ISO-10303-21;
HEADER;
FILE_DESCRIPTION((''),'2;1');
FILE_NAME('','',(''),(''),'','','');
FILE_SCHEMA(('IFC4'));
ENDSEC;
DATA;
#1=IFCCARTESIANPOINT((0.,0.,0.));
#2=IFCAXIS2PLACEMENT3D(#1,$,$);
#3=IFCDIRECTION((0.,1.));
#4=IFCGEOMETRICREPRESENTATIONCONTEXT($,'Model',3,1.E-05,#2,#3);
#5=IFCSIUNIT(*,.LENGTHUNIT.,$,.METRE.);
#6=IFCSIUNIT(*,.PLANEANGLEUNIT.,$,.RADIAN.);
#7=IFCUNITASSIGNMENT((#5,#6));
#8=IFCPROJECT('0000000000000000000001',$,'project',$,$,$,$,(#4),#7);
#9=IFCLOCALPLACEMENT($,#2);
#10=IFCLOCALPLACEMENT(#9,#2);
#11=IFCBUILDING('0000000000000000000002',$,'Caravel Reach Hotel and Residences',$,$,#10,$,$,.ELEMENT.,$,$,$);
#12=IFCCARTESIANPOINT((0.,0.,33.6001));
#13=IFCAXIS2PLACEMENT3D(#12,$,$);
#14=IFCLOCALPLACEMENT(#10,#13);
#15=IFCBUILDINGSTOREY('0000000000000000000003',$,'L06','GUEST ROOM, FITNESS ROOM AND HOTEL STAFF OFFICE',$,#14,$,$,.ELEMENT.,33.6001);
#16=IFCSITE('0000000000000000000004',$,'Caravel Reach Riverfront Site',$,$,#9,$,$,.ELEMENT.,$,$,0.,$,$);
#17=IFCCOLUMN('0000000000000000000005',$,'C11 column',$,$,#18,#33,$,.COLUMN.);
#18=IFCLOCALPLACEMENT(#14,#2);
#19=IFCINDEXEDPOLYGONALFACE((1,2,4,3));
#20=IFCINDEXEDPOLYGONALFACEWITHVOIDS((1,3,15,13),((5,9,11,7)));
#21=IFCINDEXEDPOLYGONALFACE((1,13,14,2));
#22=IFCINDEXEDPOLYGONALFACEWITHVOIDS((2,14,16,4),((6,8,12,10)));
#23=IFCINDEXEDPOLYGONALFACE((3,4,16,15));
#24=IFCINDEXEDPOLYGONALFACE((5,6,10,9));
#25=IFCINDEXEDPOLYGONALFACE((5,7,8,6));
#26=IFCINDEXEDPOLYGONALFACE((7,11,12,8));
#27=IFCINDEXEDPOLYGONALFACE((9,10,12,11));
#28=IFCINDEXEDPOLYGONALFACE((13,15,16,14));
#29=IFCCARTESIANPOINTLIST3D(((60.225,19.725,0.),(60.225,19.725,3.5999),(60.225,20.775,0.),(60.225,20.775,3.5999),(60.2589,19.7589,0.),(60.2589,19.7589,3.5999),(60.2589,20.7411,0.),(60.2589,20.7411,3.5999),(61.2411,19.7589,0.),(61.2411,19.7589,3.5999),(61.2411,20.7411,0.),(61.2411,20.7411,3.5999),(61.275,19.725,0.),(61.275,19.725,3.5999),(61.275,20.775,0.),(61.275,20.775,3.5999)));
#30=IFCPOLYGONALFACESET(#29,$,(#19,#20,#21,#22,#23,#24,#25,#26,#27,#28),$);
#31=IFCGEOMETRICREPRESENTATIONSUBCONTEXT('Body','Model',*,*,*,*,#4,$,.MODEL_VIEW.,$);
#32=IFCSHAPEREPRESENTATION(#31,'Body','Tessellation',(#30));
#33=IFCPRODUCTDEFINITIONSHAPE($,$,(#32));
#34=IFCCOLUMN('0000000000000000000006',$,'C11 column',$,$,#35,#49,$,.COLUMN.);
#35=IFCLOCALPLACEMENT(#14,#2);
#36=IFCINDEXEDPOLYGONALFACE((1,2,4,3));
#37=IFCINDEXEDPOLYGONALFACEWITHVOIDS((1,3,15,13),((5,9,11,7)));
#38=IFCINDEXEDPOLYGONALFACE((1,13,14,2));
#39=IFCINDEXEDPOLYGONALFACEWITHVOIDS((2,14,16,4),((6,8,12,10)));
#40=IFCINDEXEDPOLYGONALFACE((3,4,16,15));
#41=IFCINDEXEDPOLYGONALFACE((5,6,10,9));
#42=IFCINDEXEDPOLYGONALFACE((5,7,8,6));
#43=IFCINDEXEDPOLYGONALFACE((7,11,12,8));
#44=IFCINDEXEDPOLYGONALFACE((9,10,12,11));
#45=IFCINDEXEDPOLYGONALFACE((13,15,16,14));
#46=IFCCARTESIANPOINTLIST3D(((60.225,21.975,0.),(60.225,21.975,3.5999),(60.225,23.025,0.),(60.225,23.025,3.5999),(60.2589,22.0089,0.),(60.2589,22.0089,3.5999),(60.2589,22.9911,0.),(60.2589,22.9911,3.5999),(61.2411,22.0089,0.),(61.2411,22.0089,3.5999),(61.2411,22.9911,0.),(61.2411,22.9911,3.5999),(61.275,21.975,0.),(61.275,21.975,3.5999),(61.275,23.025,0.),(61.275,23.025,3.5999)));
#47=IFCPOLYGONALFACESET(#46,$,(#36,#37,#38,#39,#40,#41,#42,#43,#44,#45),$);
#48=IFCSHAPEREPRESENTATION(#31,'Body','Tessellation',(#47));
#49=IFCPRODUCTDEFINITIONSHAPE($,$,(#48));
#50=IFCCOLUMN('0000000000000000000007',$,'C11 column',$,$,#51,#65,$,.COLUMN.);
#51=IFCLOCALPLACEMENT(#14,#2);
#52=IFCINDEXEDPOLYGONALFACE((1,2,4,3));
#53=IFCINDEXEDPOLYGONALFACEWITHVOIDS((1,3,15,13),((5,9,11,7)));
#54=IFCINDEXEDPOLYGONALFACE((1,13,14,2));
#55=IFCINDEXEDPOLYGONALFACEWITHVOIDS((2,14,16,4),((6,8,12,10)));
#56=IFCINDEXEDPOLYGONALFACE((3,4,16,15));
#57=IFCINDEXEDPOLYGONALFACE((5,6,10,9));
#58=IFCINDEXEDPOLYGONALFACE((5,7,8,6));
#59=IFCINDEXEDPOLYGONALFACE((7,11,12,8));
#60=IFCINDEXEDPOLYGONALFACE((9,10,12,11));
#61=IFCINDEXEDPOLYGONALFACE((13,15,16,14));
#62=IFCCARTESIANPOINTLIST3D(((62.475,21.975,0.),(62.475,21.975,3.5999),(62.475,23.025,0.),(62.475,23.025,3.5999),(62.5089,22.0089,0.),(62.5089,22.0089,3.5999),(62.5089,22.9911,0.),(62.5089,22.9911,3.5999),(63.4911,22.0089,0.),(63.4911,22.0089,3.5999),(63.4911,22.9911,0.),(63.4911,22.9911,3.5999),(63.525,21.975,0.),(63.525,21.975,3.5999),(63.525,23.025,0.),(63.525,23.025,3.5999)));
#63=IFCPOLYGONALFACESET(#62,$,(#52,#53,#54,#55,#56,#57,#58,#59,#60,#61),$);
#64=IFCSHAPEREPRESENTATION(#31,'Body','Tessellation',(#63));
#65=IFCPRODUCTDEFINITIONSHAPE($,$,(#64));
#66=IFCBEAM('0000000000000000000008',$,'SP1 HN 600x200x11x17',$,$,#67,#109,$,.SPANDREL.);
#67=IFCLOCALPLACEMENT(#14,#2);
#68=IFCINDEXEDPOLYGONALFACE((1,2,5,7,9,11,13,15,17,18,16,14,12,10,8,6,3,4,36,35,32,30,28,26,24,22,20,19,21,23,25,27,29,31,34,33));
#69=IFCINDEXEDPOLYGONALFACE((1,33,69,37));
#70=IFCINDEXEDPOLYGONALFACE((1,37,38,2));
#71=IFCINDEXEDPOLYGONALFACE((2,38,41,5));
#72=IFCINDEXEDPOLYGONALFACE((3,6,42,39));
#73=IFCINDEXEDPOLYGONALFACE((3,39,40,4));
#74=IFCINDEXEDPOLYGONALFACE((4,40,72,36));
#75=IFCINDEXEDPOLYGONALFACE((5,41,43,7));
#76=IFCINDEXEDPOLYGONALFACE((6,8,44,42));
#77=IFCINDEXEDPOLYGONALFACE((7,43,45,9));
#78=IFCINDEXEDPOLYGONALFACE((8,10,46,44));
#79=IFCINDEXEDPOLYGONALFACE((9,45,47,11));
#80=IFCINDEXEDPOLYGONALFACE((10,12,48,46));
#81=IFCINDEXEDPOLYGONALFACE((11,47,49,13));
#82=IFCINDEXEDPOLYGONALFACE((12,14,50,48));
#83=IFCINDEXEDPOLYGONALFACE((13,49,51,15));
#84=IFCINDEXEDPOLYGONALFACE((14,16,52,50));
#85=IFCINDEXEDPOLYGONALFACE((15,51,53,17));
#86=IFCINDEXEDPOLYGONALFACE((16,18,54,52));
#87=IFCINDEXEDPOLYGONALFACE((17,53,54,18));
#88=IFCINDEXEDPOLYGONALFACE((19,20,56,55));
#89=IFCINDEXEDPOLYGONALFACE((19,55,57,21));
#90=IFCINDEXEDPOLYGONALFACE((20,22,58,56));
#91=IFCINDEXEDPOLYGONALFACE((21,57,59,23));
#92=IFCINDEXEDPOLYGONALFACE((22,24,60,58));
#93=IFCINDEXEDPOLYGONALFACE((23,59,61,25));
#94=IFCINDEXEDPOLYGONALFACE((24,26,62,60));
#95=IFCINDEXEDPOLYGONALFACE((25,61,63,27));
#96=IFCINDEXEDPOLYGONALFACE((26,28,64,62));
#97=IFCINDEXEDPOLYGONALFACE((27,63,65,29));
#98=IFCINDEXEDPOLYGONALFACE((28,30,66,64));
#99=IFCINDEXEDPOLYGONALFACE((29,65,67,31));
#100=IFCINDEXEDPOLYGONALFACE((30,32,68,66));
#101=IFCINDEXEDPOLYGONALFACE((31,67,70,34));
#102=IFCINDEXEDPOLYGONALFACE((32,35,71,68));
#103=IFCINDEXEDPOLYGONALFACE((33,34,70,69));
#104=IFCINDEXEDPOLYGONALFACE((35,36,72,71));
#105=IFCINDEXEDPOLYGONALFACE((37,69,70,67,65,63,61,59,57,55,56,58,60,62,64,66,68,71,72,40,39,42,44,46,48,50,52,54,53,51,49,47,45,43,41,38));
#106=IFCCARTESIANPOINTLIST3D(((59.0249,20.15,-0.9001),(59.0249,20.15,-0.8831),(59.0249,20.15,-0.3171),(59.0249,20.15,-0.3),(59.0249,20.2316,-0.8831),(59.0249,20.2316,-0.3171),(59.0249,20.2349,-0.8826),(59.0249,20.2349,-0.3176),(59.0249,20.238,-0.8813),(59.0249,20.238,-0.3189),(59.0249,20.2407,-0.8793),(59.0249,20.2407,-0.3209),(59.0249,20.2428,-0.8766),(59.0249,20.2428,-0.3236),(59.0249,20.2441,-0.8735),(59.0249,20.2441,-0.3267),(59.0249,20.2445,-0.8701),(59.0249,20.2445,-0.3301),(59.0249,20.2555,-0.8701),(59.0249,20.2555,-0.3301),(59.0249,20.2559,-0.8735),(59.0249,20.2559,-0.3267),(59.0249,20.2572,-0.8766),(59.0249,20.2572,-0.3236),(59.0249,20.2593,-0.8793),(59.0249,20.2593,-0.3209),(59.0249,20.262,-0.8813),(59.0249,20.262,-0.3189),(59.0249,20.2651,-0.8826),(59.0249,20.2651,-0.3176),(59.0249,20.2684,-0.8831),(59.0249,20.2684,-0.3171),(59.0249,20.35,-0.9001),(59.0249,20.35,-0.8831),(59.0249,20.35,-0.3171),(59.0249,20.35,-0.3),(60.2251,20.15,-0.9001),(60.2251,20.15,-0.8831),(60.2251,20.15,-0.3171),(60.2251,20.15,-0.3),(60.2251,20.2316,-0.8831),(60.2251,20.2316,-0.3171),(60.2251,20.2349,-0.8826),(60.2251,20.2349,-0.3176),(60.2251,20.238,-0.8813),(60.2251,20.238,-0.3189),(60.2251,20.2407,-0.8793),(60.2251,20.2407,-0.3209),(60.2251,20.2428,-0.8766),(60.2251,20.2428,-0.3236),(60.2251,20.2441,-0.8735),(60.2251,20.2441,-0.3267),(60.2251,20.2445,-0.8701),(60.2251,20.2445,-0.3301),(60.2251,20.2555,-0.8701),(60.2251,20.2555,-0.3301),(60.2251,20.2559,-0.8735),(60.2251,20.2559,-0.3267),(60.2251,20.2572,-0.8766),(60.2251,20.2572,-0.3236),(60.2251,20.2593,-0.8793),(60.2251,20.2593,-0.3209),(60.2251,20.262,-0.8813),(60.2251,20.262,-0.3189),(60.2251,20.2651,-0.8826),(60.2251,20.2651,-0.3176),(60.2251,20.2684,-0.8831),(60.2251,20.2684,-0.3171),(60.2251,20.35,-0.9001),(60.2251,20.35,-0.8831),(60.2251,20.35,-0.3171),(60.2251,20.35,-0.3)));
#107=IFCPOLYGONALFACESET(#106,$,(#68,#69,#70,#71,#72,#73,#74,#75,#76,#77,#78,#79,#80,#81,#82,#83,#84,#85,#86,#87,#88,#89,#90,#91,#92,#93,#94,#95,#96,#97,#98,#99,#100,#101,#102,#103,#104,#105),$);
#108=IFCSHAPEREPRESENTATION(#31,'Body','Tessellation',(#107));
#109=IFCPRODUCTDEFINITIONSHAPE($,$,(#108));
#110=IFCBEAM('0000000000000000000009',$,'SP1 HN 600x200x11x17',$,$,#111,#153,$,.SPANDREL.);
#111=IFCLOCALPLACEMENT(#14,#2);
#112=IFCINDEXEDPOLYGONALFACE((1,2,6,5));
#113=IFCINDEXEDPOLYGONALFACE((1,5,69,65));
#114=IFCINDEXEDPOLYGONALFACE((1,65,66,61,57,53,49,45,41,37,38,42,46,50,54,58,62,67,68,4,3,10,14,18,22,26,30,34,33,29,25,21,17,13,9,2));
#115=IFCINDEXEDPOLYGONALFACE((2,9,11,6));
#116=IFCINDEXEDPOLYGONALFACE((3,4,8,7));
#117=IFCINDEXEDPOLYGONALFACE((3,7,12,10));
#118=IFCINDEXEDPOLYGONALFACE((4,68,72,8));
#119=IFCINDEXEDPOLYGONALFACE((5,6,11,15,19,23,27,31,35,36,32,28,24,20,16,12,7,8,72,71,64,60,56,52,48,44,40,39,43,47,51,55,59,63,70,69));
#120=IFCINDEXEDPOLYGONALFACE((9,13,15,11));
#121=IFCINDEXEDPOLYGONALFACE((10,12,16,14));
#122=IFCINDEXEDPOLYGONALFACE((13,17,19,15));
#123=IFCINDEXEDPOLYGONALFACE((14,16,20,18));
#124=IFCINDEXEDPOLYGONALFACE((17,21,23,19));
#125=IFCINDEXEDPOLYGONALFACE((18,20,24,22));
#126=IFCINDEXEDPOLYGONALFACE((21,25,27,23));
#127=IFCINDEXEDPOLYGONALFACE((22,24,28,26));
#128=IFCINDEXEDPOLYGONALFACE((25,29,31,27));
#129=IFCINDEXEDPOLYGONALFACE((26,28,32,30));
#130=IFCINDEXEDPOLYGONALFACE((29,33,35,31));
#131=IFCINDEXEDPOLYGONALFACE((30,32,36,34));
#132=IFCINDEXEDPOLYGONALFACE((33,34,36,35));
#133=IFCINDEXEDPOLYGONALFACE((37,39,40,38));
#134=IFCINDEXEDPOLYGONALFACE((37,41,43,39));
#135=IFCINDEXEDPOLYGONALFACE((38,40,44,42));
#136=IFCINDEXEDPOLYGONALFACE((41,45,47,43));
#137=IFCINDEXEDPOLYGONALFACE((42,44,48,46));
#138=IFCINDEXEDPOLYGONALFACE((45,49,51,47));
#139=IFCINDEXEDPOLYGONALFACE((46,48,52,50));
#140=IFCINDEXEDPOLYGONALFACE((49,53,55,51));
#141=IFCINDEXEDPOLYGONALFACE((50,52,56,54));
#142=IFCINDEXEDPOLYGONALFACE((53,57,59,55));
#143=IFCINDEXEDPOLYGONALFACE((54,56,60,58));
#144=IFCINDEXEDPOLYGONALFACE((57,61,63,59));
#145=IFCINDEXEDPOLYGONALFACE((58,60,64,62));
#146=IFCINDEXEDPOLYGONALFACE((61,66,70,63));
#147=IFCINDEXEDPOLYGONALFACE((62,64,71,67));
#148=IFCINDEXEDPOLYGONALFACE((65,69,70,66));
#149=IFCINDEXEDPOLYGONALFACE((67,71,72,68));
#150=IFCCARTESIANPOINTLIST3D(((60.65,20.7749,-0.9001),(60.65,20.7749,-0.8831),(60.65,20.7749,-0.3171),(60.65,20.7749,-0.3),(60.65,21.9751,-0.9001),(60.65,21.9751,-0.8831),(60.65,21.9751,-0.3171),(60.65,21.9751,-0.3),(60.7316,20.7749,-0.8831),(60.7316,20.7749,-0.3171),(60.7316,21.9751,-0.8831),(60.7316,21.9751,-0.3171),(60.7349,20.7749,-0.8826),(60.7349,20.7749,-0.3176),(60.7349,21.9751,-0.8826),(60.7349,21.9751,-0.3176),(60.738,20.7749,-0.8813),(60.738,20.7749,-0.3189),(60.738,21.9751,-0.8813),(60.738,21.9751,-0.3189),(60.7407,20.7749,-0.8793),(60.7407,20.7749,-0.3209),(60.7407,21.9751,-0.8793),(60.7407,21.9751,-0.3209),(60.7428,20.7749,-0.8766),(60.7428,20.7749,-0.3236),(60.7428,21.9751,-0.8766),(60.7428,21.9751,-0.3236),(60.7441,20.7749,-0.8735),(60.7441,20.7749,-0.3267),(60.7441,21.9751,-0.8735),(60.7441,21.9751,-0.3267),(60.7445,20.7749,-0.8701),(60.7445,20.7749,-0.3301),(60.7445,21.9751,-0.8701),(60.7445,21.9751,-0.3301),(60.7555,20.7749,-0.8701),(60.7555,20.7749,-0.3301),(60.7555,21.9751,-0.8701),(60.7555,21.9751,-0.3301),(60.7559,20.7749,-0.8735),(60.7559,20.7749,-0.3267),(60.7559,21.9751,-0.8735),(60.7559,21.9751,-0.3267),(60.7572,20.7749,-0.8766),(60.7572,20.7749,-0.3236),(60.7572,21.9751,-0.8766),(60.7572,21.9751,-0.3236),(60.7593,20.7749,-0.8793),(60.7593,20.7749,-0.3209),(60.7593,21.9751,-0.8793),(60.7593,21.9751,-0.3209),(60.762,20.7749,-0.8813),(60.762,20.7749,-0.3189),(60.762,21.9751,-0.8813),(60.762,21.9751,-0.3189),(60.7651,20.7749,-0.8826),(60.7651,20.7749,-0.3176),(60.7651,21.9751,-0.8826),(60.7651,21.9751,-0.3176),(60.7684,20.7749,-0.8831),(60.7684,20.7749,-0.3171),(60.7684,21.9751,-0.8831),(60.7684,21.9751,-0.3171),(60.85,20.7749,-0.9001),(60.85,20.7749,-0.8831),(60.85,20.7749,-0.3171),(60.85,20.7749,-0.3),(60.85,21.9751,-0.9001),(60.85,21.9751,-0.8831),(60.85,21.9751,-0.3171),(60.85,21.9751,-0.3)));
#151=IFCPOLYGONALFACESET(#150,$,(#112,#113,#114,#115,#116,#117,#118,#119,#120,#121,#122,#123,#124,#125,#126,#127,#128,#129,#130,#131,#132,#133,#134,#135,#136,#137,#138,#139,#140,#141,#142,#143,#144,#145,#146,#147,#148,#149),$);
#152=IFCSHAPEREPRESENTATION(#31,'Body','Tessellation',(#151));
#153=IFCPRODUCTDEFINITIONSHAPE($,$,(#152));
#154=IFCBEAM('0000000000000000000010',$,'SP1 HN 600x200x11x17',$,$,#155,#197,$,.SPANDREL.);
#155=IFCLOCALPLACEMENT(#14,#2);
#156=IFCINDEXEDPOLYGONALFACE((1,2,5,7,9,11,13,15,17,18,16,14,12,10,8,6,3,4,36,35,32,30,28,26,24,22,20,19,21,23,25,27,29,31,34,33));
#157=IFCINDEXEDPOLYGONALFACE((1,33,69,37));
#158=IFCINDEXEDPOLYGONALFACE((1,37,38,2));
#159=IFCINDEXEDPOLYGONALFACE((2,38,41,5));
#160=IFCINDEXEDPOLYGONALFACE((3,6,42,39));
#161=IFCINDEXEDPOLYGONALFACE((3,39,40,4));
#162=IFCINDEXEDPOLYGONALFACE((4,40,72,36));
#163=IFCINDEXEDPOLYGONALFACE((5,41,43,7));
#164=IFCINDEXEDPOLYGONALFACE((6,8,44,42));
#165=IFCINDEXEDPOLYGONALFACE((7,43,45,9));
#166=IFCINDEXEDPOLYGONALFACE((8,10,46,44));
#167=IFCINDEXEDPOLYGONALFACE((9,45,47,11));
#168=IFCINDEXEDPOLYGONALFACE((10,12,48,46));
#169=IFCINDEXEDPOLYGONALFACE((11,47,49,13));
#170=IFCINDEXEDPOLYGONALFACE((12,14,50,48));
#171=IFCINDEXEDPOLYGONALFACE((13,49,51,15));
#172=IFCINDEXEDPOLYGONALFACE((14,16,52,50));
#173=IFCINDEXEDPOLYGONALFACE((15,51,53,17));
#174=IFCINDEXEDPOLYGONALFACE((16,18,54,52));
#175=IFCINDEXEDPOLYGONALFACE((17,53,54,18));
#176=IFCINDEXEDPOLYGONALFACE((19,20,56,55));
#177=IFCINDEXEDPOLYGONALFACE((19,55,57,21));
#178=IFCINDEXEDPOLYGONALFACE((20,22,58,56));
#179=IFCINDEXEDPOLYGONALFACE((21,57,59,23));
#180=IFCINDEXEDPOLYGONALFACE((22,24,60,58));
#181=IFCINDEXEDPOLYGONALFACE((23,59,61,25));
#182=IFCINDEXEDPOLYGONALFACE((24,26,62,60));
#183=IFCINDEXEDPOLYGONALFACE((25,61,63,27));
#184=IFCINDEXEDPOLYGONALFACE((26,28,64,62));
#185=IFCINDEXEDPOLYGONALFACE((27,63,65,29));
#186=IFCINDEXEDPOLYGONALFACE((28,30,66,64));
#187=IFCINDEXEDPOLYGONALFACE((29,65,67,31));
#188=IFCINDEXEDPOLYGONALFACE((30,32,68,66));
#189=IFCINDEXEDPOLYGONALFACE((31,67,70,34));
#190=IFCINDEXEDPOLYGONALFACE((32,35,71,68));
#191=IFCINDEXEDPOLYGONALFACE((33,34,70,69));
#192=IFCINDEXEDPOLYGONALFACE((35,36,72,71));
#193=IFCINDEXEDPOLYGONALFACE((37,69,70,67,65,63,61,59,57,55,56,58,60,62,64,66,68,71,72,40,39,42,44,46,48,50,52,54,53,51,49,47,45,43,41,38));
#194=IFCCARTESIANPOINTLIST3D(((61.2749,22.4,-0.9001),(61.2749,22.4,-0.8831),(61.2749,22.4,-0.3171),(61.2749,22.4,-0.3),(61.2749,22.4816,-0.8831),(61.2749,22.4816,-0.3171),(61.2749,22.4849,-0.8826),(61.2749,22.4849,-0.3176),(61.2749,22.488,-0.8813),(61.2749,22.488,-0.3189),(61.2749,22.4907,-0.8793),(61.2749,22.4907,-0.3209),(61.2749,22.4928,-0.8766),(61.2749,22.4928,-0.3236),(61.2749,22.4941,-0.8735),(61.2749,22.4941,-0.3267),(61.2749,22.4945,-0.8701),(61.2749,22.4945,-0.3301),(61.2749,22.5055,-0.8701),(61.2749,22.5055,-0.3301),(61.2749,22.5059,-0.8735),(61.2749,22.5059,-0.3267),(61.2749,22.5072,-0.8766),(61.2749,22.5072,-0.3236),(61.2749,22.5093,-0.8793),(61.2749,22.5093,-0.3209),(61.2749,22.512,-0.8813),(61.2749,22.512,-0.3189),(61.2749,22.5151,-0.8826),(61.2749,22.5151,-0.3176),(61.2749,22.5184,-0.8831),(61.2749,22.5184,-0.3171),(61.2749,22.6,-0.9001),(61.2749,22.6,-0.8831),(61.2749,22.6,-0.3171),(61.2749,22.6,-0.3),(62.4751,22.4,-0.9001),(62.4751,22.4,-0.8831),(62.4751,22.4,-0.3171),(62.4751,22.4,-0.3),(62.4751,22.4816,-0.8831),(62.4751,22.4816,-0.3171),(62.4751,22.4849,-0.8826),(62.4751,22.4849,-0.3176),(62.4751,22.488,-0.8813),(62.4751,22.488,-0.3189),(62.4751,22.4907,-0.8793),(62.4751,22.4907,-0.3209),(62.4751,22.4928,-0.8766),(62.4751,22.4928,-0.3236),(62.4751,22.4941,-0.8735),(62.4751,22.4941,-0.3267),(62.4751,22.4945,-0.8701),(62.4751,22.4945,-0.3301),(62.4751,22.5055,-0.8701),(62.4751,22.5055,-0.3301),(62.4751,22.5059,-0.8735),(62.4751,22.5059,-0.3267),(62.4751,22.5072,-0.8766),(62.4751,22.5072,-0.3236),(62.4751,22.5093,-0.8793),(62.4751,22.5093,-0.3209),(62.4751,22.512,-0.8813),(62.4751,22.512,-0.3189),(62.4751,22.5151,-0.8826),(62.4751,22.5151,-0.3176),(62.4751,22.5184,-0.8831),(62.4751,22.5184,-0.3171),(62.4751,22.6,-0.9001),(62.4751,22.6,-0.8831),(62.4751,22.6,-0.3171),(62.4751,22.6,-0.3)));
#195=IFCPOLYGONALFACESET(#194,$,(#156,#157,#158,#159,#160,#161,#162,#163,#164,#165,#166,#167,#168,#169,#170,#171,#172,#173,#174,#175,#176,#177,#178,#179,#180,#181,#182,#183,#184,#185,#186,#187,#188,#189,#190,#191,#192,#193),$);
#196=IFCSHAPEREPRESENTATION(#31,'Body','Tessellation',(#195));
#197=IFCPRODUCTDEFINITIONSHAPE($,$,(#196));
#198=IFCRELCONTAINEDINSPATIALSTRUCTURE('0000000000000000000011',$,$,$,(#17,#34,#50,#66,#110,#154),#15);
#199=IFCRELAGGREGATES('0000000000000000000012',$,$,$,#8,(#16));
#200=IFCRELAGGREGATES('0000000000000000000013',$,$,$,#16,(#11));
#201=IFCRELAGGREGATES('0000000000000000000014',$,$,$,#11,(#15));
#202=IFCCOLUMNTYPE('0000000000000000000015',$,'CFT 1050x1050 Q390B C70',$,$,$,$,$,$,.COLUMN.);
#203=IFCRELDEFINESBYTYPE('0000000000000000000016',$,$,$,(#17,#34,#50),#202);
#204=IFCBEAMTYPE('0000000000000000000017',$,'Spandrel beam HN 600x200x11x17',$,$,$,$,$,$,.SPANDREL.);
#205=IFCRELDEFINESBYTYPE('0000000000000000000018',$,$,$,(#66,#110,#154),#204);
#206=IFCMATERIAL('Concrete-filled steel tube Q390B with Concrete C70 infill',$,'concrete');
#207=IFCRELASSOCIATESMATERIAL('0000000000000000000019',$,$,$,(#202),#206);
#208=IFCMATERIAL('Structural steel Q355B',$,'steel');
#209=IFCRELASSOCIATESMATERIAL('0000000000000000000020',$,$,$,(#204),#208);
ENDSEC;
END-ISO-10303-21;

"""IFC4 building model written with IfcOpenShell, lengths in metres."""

from ifc_helpers import new_model, si_unit, direction, frame, origin, origin_2d, place, context, subcontext, project, spatial, hollow_rectangle, i_section, extrude, material, material_profile, profile_set, type_object, element, save


model = new_model("IFC4")

# Units and contexts
model_context = context("Model", 3, precision=1e-05, world=origin(), true_north=direction((0.0, 1.0)))
body_context = subcontext(model_context, "Body", "Model", "MODEL_VIEW")
ifc_project = project(units=[si_unit("LENGTHUNIT", "METRE"), si_unit("PLANEANGLEUNIT", "RADIAN")], contexts=[model_context])

# Site, building, storey
site_placement = place(None, origin())
site = spatial("IfcSite", under=ifc_project, at=site_placement, Name="Caravel Reach Riverfront Site", CompositionType="ELEMENT", RefElevation=0.0)
building_placement = place(site_placement, origin())
building = spatial("IfcBuilding", under=site, at=building_placement, Name="Caravel Reach Hotel and Residences", CompositionType="ELEMENT")
storey_placement = place(building_placement, frame((0.0, 0.0, 33.6001)))
storey = spatial("IfcBuildingStorey", under=building, at=storey_placement, Name="L06", Description="GUEST ROOM, FITNESS ROOM AND HOTEL STAFF OFFICE", CompositionType="ELEMENT", Elevation=33.6001)

# Columns
ifc_material_1 = material(Name="Concrete-filled steel tube Q390B with Concrete C70 infill", Category="concrete")
ifc_material_profile_1 = material_profile(ifc_material_1, hollow_rectangle(XDim=1.05, YDim=1.05, WallThickness=0.0339, at=origin_2d()), Name="RHS 1050x1050x34")
ifc_profile_set_1 = profile_set([ifc_material_profile_1], Name="Concrete-filled steel tube Q390B with Concrete C70 infill")
column_type = type_object("IfcColumnType", Name="CFT 1050x1050 Q390B C70", PredefinedType="COLUMN", material=ifc_profile_set_1)
for number, where, z_axis, x_axis, name in (
    (1, (60.75, 20.25, 0.0), (0.0, 0.0, 1.0), (1.0, 0.0, 0.0), "C11 column"),
    (2, (60.75, 22.5, 0.0), (0.0, 0.0, 1.0), (1.0, 0.0, 0.0), "C11 column"),
    (3, (63.0, 22.5, 0.0), (0.0, 0.0, 1.0), (1.0, 0.0, 0.0), "C11 column"),
):
    element("IfcColumn", number, at=place(storey_placement, frame(where, z_axis=z_axis, x_axis=x_axis)), inside=storey, type_object=column_type, Name=name, PredefinedType="COLUMN", context=body_context, shape_type="SweptSolid", body=[
        extrude(hollow_rectangle(XDim=1.05, YDim=1.05, WallThickness=0.0339, at=origin_2d()), origin(), (0.0, 0.0, 1.0), 3.5999),
    ])

# Beams
ifc_material_2 = material(Name="Structural steel Q355B", Category="steel")
ifc_material_profile_2 = material_profile(ifc_material_2, i_section(OverallWidth=0.2, OverallDepth=0.6001, WebThickness=0.011, FlangeThickness=0.0171, FilletRadius=0.0129, at=origin_2d()), Name="HN 600x200x11x17")
ifc_profile_set_2 = profile_set([ifc_material_profile_2], Name="Structural steel Q355B")
beam_type = type_object("IfcBeamType", Name="Spandrel beam HN 600x200x11x17", PredefinedType="SPANDREL", material=ifc_profile_set_2)
for number, where, z_axis, x_axis, name in (
    (4, (59.0249, 20.25, -0.6001), (1.0, 0.0, 0.0), (0.0, 1.0, 0.0), "SP1 HN 600x200x11x17"),
    (5, (60.75, 20.7749, -0.6001), (0.0, 1.0, 0.0), (-1.0, 0.0, 0.0), "SP1 HN 600x200x11x17"),
    (6, (61.2749, 22.5, -0.6001), (1.0, 0.0, 0.0), (0.0, 1.0, 0.0), "SP1 HN 600x200x11x17"),
):
    element("IfcBeam", number, at=place(storey_placement, frame(where, z_axis=z_axis, x_axis=x_axis)), inside=storey, type_object=beam_type, Name=name, PredefinedType="SPANDREL", context=body_context, shape_type="SweptSolid", body=[
        extrude(i_section(OverallWidth=0.2, OverallDepth=0.6001, WebThickness=0.011, FlangeThickness=0.0171, FilletRadius=0.0129, at=origin_2d()), origin(), (0.0, 0.0, 1.0), 1.2002),
    ])

save(model, "model.ifc")
